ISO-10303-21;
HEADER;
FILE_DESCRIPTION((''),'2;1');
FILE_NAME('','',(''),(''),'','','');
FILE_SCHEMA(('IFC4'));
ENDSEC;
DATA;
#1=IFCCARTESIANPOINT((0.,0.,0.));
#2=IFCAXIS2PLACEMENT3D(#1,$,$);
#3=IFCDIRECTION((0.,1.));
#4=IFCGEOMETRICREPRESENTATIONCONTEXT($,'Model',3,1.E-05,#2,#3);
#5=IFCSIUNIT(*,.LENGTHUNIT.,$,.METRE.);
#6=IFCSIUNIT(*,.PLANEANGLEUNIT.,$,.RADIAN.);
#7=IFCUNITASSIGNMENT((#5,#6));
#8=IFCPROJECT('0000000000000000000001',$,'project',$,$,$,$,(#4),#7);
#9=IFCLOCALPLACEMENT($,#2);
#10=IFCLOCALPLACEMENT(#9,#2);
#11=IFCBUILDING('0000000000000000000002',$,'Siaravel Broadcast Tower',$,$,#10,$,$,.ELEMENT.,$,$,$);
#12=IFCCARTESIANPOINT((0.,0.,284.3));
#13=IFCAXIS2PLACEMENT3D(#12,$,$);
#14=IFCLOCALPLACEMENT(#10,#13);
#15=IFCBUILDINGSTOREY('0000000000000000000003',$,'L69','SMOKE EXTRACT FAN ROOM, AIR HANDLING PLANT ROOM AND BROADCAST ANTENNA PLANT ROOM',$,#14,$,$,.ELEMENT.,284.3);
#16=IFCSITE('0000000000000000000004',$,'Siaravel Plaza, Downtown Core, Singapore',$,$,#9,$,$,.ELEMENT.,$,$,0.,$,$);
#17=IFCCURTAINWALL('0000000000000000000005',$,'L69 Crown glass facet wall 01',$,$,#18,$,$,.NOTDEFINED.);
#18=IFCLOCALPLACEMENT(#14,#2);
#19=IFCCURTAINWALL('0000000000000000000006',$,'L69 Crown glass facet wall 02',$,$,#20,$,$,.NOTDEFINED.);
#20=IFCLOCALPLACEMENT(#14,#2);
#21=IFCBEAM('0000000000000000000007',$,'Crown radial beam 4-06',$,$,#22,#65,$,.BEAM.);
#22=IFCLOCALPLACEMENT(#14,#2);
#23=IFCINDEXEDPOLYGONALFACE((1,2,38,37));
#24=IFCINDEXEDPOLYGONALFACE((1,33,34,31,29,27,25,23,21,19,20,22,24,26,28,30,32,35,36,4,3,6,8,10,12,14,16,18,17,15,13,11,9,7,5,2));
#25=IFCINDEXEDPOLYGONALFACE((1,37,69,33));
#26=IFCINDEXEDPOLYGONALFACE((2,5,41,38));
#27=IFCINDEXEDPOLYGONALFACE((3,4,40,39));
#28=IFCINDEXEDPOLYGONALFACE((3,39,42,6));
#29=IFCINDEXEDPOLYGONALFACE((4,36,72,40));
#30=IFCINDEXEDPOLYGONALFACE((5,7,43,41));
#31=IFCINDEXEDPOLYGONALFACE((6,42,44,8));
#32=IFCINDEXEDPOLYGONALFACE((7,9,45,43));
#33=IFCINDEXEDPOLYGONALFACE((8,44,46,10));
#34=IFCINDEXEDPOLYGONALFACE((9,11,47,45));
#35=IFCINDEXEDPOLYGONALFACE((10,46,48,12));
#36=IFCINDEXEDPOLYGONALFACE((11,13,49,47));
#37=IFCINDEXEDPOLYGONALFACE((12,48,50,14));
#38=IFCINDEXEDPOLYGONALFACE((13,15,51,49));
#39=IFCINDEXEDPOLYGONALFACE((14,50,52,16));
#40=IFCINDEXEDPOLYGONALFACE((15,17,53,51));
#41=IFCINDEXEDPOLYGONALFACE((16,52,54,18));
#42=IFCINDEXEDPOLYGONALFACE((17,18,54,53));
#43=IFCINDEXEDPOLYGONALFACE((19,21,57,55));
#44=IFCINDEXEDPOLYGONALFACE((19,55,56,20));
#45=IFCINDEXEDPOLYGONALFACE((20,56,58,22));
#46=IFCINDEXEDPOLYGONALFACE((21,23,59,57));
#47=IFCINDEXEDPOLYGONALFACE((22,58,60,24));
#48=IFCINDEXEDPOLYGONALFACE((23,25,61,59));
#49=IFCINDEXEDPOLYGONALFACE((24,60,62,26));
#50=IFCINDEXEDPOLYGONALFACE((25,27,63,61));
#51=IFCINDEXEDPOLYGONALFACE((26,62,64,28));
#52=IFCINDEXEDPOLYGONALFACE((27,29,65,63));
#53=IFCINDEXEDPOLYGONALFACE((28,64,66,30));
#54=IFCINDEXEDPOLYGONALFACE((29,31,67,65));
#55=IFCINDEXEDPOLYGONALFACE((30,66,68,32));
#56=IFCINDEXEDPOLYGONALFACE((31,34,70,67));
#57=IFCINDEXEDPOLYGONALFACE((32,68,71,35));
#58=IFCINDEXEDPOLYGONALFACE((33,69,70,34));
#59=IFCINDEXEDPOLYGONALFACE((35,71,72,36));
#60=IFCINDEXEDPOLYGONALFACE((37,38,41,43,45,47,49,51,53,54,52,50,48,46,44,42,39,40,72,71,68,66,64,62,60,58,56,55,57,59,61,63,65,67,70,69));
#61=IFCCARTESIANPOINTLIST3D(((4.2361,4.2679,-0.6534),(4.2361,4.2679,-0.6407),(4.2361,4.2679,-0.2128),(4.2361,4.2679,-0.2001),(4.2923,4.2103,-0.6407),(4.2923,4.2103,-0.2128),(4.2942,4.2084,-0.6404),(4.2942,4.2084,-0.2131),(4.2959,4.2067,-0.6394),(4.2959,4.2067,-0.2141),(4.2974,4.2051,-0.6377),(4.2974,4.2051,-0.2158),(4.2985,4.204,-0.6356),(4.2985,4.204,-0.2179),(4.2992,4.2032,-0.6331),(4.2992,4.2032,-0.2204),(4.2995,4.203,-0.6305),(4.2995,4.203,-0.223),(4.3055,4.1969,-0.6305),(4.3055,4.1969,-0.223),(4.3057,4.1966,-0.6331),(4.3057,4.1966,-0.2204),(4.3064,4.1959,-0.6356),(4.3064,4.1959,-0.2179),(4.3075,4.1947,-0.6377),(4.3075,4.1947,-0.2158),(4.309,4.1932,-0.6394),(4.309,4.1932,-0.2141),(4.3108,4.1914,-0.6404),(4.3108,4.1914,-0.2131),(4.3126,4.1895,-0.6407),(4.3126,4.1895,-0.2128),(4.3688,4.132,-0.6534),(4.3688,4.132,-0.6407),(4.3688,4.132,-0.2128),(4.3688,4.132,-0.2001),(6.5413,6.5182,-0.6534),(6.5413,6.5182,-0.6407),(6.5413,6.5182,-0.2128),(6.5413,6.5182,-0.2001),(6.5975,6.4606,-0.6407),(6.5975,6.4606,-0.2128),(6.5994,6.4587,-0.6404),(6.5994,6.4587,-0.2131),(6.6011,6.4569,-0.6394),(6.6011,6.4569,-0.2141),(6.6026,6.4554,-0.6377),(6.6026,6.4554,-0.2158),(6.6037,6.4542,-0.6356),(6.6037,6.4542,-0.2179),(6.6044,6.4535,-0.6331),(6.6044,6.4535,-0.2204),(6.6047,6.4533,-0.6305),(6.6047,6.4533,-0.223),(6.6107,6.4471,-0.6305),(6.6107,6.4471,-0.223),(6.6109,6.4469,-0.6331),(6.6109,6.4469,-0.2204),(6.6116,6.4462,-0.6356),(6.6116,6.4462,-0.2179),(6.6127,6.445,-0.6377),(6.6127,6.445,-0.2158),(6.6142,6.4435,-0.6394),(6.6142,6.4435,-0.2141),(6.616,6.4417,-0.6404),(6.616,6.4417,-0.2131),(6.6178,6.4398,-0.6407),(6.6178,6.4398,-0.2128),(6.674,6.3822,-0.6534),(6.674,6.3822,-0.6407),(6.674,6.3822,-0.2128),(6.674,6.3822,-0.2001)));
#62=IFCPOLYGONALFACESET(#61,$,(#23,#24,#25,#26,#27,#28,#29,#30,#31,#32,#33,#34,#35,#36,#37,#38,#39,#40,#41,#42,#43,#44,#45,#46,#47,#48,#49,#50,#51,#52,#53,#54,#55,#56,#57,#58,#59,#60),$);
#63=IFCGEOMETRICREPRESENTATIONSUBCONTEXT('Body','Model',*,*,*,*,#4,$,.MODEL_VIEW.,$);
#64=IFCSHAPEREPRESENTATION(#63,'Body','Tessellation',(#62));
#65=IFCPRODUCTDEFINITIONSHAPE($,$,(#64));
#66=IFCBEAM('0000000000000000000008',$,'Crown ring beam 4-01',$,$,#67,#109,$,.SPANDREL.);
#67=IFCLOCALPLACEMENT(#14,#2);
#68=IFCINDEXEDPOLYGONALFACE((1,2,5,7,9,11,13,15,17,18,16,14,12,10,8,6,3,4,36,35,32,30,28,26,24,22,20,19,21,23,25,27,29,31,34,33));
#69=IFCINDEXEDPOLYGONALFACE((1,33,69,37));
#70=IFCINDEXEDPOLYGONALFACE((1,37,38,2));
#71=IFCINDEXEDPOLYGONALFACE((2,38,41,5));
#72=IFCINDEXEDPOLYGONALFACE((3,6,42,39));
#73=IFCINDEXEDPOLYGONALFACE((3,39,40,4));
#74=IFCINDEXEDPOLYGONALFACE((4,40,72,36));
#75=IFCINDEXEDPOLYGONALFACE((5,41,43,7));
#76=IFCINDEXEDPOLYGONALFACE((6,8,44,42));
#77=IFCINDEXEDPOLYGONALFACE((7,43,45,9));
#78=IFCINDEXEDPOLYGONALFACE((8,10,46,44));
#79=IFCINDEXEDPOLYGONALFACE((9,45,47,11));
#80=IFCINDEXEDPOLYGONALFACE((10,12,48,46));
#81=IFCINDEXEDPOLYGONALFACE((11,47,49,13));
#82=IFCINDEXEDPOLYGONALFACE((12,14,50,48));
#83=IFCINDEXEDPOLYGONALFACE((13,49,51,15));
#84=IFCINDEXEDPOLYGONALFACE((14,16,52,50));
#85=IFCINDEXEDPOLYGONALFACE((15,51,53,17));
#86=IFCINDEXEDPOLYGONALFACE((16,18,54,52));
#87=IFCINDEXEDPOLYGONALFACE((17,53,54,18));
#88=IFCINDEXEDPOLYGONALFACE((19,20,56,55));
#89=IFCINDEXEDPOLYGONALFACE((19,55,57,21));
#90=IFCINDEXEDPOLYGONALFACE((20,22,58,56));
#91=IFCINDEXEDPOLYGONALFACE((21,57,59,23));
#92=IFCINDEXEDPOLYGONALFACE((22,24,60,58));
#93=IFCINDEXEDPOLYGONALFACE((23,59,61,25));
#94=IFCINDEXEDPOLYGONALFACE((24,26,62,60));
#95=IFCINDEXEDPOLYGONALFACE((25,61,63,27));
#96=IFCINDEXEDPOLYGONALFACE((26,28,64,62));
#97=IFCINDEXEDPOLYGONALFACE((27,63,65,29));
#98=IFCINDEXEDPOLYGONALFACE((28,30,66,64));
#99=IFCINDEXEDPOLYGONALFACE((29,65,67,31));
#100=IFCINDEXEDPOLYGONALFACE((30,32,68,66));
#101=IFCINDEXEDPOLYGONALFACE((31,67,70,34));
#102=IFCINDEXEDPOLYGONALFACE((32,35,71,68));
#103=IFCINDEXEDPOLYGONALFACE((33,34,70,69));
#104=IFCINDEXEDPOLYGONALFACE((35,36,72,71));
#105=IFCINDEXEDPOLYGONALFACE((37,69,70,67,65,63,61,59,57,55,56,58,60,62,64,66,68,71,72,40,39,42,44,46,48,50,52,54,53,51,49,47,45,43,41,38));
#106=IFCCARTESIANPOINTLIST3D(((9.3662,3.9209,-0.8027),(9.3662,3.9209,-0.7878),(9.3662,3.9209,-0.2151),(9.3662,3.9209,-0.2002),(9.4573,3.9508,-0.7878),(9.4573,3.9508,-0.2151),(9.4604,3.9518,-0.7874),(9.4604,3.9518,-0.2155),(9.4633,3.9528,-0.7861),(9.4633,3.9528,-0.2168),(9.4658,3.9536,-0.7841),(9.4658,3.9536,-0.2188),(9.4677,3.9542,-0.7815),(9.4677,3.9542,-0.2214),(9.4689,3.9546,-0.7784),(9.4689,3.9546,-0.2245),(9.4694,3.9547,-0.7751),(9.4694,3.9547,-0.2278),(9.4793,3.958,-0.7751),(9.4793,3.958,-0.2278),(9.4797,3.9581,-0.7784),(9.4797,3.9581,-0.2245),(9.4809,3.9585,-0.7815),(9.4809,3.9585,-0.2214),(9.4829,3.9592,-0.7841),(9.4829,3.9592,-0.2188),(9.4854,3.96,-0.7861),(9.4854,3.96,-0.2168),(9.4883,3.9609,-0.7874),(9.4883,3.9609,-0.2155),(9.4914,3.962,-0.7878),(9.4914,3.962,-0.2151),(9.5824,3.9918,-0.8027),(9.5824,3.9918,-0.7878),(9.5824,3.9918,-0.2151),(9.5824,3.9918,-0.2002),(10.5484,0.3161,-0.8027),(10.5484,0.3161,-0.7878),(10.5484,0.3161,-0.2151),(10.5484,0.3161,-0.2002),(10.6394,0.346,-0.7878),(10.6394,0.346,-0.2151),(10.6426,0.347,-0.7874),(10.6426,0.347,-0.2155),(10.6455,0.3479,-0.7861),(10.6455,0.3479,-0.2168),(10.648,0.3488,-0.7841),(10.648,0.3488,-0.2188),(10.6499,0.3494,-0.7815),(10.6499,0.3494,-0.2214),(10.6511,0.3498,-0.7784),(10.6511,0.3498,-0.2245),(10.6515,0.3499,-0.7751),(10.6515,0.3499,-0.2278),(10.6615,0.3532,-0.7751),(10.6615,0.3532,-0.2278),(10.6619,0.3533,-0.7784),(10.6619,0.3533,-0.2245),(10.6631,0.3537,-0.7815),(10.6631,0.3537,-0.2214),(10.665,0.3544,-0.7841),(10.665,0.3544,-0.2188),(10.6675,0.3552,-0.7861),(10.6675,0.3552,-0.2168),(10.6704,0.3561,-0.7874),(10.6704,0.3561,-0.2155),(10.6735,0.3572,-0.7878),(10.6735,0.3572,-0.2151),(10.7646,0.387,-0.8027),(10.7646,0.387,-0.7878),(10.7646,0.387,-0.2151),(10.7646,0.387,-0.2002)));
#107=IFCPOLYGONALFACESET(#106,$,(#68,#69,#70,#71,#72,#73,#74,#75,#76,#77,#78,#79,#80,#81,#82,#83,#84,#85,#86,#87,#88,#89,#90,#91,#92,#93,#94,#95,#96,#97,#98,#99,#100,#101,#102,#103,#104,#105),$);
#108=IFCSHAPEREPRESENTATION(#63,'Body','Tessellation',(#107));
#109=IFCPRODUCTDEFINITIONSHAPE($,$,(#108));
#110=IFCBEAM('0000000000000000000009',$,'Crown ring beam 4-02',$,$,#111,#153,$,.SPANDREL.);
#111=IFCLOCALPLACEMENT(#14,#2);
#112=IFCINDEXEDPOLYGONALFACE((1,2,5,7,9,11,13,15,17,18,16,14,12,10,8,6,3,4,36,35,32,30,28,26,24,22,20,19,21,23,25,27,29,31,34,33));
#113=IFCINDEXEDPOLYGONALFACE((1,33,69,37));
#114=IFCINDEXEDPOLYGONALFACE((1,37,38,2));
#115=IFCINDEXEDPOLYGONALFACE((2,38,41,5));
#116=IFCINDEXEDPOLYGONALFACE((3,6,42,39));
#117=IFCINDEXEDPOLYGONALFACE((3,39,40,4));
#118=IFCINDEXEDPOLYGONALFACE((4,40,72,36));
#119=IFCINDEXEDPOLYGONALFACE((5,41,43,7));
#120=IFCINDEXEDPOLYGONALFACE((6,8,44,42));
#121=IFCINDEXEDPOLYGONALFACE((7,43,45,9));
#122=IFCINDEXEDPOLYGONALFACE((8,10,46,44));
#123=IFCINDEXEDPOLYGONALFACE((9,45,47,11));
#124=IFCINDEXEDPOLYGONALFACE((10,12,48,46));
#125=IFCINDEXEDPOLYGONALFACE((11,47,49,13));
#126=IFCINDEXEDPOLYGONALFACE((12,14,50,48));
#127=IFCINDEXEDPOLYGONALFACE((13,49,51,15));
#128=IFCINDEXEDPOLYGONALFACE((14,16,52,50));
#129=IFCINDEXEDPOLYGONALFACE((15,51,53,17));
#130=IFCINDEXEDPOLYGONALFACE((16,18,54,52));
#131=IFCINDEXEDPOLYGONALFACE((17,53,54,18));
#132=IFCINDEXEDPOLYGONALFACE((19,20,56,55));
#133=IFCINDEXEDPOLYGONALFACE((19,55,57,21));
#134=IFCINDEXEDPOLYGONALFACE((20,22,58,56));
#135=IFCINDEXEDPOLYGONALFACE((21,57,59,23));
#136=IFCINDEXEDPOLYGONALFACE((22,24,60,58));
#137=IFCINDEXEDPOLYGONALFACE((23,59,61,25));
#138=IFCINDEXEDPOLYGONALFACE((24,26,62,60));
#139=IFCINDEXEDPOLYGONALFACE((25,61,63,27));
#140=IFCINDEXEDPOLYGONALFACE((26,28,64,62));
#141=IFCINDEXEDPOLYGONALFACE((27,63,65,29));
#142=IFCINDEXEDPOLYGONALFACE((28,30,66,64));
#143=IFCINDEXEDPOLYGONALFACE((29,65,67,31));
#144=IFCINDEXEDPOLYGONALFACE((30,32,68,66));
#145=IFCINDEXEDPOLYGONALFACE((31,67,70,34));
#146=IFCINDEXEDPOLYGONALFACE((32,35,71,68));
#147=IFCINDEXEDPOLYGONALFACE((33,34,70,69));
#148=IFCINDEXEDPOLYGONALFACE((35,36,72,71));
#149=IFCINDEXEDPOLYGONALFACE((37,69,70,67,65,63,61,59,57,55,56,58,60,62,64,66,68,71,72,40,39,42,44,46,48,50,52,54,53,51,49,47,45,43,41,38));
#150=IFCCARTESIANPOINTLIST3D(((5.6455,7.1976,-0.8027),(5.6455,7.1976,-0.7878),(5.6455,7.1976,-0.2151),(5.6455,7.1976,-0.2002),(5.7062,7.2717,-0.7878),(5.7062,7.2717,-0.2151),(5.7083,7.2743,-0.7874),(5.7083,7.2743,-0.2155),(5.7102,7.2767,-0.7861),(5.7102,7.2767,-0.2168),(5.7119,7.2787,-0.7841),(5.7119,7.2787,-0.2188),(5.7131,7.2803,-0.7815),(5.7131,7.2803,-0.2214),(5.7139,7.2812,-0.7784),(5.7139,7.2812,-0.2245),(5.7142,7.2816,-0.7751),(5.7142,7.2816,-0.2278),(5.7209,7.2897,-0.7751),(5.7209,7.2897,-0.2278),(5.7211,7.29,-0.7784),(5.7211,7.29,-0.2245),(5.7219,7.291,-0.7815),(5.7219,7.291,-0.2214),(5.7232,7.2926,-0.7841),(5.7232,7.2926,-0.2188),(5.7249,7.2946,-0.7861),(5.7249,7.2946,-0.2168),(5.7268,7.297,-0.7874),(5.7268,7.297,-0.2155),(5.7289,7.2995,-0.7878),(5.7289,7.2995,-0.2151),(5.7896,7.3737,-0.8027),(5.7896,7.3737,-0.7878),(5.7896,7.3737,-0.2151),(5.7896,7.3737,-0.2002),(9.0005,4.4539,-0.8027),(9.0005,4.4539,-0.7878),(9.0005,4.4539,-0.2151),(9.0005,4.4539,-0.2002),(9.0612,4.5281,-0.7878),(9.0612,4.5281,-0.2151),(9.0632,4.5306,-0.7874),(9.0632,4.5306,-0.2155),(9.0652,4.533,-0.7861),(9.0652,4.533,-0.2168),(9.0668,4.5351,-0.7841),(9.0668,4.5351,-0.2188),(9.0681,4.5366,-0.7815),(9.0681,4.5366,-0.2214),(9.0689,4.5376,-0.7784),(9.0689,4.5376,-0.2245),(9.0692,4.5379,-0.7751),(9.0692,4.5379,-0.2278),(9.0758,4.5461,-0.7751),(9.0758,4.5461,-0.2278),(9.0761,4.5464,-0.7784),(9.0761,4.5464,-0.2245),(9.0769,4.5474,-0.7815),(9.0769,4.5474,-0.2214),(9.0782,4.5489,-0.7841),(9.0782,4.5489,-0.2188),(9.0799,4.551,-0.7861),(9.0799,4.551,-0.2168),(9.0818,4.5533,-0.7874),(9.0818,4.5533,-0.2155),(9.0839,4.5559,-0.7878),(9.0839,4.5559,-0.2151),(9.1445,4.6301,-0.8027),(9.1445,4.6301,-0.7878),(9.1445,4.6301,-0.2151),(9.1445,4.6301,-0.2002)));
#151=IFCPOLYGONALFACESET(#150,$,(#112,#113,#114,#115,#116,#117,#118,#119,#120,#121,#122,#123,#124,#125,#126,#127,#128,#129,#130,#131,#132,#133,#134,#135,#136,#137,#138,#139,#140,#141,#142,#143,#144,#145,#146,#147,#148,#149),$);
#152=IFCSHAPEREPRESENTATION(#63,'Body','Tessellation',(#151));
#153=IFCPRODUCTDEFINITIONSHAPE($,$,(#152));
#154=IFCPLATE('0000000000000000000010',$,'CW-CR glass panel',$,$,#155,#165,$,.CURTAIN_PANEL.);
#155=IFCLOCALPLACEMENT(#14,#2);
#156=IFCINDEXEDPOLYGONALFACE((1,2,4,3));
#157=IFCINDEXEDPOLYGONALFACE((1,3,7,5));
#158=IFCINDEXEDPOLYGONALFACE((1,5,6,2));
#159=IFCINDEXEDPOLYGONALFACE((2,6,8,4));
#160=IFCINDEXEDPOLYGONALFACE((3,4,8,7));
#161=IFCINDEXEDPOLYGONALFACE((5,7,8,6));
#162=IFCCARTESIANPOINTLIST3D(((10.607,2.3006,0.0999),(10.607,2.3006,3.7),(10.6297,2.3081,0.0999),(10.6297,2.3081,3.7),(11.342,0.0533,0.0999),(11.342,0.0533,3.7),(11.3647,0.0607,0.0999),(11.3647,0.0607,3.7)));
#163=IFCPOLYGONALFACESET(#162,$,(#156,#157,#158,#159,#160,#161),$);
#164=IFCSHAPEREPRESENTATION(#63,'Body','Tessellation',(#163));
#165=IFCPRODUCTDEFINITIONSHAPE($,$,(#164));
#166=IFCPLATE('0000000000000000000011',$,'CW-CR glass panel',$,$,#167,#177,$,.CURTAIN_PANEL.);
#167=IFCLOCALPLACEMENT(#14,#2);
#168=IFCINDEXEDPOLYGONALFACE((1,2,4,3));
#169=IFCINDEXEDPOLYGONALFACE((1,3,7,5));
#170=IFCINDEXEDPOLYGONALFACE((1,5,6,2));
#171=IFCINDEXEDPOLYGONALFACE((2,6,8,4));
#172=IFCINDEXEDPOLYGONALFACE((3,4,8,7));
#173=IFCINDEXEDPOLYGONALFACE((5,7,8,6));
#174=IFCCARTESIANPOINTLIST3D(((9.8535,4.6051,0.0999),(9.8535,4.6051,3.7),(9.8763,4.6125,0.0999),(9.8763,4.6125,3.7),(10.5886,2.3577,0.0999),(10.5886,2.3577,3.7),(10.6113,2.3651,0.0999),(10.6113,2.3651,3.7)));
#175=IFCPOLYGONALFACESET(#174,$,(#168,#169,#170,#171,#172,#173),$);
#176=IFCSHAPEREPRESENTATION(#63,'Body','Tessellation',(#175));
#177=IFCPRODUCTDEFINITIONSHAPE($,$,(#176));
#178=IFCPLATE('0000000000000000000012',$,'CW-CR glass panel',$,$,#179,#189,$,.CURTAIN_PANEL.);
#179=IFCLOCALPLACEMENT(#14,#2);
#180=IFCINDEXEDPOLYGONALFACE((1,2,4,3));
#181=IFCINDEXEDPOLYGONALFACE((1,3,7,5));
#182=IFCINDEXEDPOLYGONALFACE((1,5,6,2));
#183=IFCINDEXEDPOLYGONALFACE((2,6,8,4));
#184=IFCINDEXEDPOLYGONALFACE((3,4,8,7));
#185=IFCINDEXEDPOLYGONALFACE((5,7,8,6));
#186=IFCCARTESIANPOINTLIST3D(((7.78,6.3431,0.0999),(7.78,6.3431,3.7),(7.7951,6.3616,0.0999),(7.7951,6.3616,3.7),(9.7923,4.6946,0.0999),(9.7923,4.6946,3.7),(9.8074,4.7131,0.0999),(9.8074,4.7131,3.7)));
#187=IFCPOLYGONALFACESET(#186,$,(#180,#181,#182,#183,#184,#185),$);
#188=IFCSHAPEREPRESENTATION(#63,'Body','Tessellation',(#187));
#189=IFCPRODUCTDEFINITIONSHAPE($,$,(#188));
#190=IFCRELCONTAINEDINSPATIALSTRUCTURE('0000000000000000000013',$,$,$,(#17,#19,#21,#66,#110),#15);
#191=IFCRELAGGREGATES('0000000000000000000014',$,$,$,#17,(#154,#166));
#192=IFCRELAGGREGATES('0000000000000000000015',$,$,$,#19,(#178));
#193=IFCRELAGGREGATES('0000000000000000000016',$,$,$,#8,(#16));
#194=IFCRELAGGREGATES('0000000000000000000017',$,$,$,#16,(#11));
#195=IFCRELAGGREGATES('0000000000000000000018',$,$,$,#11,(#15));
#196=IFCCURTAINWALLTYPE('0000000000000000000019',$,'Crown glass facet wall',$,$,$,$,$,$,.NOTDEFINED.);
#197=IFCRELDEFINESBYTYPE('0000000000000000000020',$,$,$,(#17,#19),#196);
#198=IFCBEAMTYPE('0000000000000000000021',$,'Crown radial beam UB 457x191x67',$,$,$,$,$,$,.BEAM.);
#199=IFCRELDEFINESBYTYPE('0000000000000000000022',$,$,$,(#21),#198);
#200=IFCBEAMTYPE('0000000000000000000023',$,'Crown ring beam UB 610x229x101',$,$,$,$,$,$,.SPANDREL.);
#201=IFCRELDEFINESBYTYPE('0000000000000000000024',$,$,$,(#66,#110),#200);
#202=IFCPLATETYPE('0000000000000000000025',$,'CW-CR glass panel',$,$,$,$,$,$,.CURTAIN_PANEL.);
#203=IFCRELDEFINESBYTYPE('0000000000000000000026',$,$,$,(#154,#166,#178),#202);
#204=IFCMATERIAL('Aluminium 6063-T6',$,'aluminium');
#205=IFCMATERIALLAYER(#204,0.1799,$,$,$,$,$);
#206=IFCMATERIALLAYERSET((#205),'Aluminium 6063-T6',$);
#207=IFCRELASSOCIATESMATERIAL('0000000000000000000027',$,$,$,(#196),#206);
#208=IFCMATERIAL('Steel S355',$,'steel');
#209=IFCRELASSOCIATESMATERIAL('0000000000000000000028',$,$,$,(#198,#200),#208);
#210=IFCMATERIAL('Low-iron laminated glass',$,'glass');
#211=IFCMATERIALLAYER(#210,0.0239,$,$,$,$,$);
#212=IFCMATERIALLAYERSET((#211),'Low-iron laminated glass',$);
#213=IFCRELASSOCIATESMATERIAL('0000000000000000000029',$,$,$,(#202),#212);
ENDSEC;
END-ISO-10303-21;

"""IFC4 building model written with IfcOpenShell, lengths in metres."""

from ifc_helpers import new_model, si_unit, direction, frame, origin, origin_2d, place, context, subcontext, project, spatial, rectangle, i_section, extrude, material, layer, layer_set, material_profile, profile_set, type_object, element, aggregate, save


model = new_model("IFC4")

# Units and contexts
model_context = context("Model", 3, precision=1e-05, world=origin(), true_north=direction((0.0, 1.0)))
body_context = subcontext(model_context, "Body", "Model", "MODEL_VIEW")
ifc_project = project(units=[si_unit("LENGTHUNIT", "METRE"), si_unit("PLANEANGLEUNIT", "RADIAN")], contexts=[model_context])

# Site, building, storey
site_placement = place(None, origin())
site = spatial("IfcSite", under=ifc_project, at=site_placement, Name="Siaravel Plaza, Downtown Core, Singapore", CompositionType="ELEMENT", RefElevation=0.0)
building_placement = place(site_placement, origin())
building = spatial("IfcBuilding", under=site, at=building_placement, Name="Siaravel Broadcast Tower", CompositionType="ELEMENT")
storey_placement = place(building_placement, frame((0.0, 0.0, 284.3)))
storey = spatial("IfcBuildingStorey", under=building, at=storey_placement, Name="L69", Description="SMOKE EXTRACT FAN ROOM, AIR HANDLING PLANT ROOM AND BROADCAST ANTENNA PLANT ROOM", CompositionType="ELEMENT", Elevation=284.3)

# Curtain walls
ifc_material_1 = material(Name="Aluminium 6063-T6", Category="aluminium")
ifc_layer_1 = layer(ifc_material_1, 0.1799)
ifc_layer_set_1 = layer_set([ifc_layer_1], Name="Aluminium 6063-T6")
curtain_wall_type = type_object("IfcCurtainWallType", Name="Crown glass facet wall", PredefinedType="NOTDEFINED", material=ifc_layer_set_1)
curtain_wall_1_placement = place(storey_placement, origin())
curtain_wall_1 = element("IfcCurtainWall", 1, at=curtain_wall_1_placement, inside=storey, type_object=curtain_wall_type, Name="L69 Crown glass facet wall 01", PredefinedType="NOTDEFINED")
curtain_wall_2_placement = place(storey_placement, origin())
curtain_wall_2 = element("IfcCurtainWall", 2, at=curtain_wall_2_placement, inside=storey, type_object=curtain_wall_type, Name="L69 Crown glass facet wall 02", PredefinedType="NOTDEFINED")

# Beams
ifc_material_2 = material(Name="Steel S355", Category="steel")
ifc_material_profile_1 = material_profile(ifc_material_2, i_section(OverallWidth=0.1899, OverallDepth=0.4534, WebThickness=0.0085, FlangeThickness=0.0127, FilletRadius=0.0103, at=origin_2d()))
ifc_profile_set_1 = profile_set([ifc_material_profile_1], Name="Steel S355")
beam_type_1 = type_object("IfcBeamType", Name="Crown radial beam UB 457x191x67", PredefinedType="BEAM", material=ifc_profile_set_1)
beam_1_placement = place(storey_placement, frame((6.6077, 6.4502, -0.4268), z_axis=(-0.715581, -0.698529, 0.0), x_axis=(0.698529, -0.715581, 0.0)))
element("IfcBeam", 3, at=beam_1_placement, inside=storey, type_object=beam_type_1, Name="Crown radial beam 4-06", PredefinedType="BEAM", context=body_context, shape_type="SweptSolid", body=[
    extrude(i_section(OverallWidth=0.1899, OverallDepth=0.4534, WebThickness=0.0085, FlangeThickness=0.0127, FilletRadius=0.0103, at=origin_2d()), origin(), (0.0, 0.0, 1.0), 3.2214),
])
ifc_material_profile_2 = material_profile(ifc_material_2, i_section(OverallWidth=0.2275, OverallDepth=0.6025, WebThickness=0.0105, FlangeThickness=0.0149, FilletRadius=0.0127, at=origin_2d()))
ifc_profile_set_2 = profile_set([ifc_material_profile_2], Name="Steel S355")
beam_type_2 = type_object("IfcBeamType", Name="Crown ring beam UB 610x229x101", PredefinedType="SPANDREL", material=ifc_profile_set_2)
beam_2_placement = place(storey_placement, frame((10.6565, 0.3516, -0.5015), z_axis=(-0.31161, 0.95021, 0.0), x_axis=(-0.95021, -0.31161, 0.0)))
element("IfcBeam", 4, at=beam_2_placement, inside=storey, type_object=beam_type_2, Name="Crown ring beam 4-01", PredefinedType="SPANDREL", context=body_context, shape_type="SweptSolid", body=[
    extrude(i_section(OverallWidth=0.2275, OverallDepth=0.6025, WebThickness=0.0105, FlangeThickness=0.0149, FilletRadius=0.0127, at=origin_2d()), origin(), (0.0, 0.0, 1.0), 3.7937),
])
beam_3_placement = place(storey_placement, frame((9.0725, 4.542, -0.5015), z_axis=(-0.774108, 0.633054, 0.0), x_axis=(-0.633054, -0.774108, 0.0)))
element("IfcBeam", 5, at=beam_3_placement, inside=storey, type_object=beam_type_2, Name="Crown ring beam 4-02", PredefinedType="SPANDREL", context=body_context, shape_type="SweptSolid", body=[
    extrude(i_section(OverallWidth=0.2275, OverallDepth=0.6025, WebThickness=0.0105, FlangeThickness=0.0149, FilletRadius=0.0127, at=origin_2d()), origin(), (0.0, 0.0, 1.0), 4.334),
])

# Plates
ifc_material_3 = material(Name="Low-iron laminated glass", Category="glass")
ifc_layer_2 = layer(ifc_material_3, 0.0239)
ifc_layer_set_2 = layer_set([ifc_layer_2], Name="Low-iron laminated glass")
plate_type = type_object("IfcPlateType", Name="CW-CR glass panel", PredefinedType="CURTAIN_PANEL", material=ifc_layer_set_2)
plate_1_placement = place(storey_placement, frame((10.9858, 1.1807, 0.0999), z_axis=(0.0, 0.0, 1.0), x_axis=(-0.310855, 0.950457, 0.0)))
plate_1 = element("IfcPlate", 6, at=plate_1_placement, type_object=plate_type, Name="CW-CR glass panel", PredefinedType="CURTAIN_PANEL", context=body_context, shape_type="SweptSolid", body=[
    extrude(rectangle(XDim=2.3645, YDim=0.0239, at=origin_2d()), origin(), (0.0, 0.0, 1.0), 3.6001),
])
plate_2_placement = place(storey_placement, frame((10.2324, 3.4851, 0.0999), z_axis=(0.0, 0.0, 1.0), x_axis=(-0.310855, 0.950457, 0.0)))
plate_2 = element("IfcPlate", 7, at=plate_2_placement, type_object=plate_type, Name="CW-CR glass panel", PredefinedType="CURTAIN_PANEL", context=body_context, shape_type="SweptSolid", body=[
    extrude(rectangle(XDim=2.3645, YDim=0.0239, at=origin_2d()), origin(), (0.0, 0.0, 1.0), 3.6001),
])
aggregate(curtain_wall_1, [plate_1, plate_2])
plate_3_placement = place(storey_placement, frame((8.7937, 5.5281, 0.0999), z_axis=(0.0, 0.0, 1.0), x_axis=(-0.773564, 0.633718, 0.0)))
plate_3 = element("IfcPlate", 8, at=plate_3_placement, type_object=plate_type, Name="CW-CR glass panel", PredefinedType="CURTAIN_PANEL", context=body_context, shape_type="SweptSolid", body=[
    extrude(rectangle(XDim=2.6013, YDim=0.0239, at=origin_2d()), origin(), (0.0, 0.0, 1.0), 3.6001),
])
aggregate(curtain_wall_2, [plate_3])

save(model, "model.ifc")
